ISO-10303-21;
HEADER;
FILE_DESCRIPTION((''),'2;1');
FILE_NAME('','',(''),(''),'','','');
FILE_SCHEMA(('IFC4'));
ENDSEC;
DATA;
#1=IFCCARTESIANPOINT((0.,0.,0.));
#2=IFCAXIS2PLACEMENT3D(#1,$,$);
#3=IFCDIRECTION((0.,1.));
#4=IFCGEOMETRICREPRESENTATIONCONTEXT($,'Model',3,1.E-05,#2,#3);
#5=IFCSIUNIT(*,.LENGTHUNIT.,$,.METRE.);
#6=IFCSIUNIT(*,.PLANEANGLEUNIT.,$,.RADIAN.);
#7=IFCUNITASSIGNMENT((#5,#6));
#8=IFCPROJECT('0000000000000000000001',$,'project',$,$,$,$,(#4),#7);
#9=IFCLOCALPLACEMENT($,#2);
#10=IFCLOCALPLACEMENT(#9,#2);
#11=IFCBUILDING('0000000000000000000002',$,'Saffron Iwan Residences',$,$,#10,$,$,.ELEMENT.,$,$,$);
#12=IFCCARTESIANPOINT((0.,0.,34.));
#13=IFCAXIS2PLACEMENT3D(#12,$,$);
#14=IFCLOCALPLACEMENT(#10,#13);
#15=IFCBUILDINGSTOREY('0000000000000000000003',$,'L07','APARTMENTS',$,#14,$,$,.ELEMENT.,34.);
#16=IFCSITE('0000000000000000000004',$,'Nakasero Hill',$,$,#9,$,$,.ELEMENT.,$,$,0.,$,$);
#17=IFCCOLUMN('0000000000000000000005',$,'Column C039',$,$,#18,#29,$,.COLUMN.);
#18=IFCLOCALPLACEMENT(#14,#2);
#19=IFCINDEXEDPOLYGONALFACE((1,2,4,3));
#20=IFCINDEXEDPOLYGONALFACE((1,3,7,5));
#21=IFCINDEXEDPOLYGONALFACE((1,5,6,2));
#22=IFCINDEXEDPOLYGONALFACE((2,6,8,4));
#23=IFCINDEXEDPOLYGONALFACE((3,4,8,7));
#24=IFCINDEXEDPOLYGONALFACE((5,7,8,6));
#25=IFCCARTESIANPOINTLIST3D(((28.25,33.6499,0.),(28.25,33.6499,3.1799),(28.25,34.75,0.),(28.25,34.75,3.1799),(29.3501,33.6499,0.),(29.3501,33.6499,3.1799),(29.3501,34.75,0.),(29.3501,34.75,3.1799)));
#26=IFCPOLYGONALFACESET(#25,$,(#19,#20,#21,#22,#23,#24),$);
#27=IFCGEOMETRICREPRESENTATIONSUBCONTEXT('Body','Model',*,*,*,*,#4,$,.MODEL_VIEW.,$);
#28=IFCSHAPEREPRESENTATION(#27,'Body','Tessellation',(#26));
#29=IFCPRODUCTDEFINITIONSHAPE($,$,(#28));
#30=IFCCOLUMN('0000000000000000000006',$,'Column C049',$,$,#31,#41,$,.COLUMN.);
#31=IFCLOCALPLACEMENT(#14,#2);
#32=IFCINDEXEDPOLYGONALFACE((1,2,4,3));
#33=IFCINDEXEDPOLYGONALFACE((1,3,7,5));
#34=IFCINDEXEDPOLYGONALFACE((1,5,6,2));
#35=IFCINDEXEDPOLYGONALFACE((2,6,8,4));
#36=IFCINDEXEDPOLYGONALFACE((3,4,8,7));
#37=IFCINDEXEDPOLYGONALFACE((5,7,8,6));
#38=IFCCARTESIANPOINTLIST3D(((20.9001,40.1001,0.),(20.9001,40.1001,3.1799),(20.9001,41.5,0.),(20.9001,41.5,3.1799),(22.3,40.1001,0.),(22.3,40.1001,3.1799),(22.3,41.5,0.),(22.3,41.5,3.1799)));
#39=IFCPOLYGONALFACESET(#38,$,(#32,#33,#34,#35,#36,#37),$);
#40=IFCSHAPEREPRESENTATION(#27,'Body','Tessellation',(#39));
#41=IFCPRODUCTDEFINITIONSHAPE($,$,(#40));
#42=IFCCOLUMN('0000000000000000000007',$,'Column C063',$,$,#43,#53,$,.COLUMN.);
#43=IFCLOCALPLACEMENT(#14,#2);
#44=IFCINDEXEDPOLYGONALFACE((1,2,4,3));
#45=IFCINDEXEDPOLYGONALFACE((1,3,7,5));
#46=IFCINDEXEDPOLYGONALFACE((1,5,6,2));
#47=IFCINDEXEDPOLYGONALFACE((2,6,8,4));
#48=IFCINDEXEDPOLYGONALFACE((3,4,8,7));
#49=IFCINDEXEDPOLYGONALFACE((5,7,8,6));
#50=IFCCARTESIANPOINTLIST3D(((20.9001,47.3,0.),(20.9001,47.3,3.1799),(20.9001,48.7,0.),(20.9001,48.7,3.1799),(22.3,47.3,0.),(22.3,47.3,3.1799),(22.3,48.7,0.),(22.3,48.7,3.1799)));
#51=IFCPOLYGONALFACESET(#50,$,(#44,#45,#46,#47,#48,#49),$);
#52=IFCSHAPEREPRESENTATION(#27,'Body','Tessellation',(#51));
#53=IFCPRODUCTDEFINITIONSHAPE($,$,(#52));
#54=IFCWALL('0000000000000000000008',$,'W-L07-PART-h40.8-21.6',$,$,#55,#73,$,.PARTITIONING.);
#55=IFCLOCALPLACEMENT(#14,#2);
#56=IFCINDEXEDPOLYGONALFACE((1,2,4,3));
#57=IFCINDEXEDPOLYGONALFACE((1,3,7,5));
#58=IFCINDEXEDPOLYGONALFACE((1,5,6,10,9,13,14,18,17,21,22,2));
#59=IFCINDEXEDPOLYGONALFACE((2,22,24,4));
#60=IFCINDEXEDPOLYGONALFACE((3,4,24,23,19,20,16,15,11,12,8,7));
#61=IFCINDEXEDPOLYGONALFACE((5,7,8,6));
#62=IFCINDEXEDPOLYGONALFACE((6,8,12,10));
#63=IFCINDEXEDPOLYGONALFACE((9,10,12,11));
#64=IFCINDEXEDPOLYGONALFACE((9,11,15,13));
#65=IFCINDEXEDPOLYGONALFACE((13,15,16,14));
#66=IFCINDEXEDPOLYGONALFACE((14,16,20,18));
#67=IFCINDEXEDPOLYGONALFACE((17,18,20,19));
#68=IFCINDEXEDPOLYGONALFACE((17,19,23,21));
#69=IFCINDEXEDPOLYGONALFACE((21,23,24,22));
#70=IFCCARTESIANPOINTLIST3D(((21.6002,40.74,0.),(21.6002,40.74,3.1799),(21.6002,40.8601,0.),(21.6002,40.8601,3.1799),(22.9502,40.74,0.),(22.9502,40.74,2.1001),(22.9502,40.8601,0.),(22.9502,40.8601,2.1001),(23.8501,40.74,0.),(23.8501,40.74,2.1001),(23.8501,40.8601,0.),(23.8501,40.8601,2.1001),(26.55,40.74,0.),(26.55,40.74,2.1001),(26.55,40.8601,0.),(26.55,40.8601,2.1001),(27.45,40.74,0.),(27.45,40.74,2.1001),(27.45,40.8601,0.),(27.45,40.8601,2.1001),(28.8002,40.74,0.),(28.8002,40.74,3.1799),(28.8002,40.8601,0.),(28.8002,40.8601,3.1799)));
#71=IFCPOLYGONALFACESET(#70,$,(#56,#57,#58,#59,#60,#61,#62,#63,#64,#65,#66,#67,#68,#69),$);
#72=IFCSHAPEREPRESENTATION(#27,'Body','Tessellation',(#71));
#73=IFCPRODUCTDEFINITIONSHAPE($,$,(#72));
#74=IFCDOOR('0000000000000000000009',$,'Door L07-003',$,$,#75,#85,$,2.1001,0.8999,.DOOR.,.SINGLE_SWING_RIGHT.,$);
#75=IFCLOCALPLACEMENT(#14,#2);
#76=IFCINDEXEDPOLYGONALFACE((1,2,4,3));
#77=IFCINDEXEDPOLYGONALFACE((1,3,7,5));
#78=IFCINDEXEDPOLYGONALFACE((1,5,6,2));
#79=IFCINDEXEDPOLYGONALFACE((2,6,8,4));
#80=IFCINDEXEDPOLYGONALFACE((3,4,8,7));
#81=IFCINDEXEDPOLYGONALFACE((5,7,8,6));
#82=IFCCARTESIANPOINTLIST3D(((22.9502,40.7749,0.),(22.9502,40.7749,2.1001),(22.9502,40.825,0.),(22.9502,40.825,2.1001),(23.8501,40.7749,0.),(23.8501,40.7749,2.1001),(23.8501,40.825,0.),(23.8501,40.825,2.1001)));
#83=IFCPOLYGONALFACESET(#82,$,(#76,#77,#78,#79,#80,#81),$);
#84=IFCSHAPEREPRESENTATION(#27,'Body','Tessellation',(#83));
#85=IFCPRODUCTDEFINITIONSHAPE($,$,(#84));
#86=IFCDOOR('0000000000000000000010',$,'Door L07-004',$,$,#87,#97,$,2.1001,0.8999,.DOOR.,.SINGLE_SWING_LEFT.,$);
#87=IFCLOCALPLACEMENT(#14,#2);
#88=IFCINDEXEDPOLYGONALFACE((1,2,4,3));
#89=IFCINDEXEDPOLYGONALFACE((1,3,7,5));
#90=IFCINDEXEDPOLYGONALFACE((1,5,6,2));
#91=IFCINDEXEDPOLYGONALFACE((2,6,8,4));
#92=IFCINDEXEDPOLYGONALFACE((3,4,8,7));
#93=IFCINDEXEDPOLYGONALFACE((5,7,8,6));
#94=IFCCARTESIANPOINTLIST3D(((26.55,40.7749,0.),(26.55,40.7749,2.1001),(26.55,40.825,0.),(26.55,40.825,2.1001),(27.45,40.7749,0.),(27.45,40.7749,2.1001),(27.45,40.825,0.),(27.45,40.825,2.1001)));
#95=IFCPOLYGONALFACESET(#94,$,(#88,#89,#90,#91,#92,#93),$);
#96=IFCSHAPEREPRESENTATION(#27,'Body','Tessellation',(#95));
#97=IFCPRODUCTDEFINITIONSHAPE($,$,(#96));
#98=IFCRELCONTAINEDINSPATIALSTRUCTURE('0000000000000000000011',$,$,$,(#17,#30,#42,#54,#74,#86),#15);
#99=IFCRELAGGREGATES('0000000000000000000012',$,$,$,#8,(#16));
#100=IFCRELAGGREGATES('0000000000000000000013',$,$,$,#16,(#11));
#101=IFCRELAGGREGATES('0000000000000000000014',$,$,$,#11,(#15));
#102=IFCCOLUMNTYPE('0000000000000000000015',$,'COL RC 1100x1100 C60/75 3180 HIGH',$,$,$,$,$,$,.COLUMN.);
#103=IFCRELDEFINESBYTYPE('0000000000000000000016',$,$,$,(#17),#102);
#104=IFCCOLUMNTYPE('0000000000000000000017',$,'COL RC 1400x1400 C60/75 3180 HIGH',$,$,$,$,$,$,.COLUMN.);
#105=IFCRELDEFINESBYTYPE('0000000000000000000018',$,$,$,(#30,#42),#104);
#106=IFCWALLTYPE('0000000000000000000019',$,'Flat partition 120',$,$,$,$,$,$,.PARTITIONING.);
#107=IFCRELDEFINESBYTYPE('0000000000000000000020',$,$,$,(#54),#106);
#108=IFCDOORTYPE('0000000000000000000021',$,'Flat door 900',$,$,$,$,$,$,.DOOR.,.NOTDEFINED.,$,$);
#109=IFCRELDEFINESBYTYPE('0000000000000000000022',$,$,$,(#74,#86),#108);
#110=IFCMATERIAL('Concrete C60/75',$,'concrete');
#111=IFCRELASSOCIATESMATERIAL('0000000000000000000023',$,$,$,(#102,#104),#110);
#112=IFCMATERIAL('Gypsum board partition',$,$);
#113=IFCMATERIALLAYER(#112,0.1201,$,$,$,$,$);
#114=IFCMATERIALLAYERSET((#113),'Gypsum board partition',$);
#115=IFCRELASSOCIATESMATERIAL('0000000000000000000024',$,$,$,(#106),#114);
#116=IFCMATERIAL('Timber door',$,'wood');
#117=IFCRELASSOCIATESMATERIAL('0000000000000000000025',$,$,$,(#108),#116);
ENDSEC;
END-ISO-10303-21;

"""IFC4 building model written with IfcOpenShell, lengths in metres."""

from ifc_helpers import new_model, si_unit, direction, frame, frame_2d, origin, origin_2d, place, context, subcontext, project, spatial, rectangle, extrude, source, transform, mapped, material, layer, layer_set, material_profile, profile_set, type_object, element, fill, save


model = new_model("IFC4")

# Units and contexts
model_context = context("Model", 3, precision=1e-05, world=origin(), true_north=direction((0.0, 1.0)))
body_context = subcontext(model_context, "Body", "Model", "MODEL_VIEW")
ifc_project = project(units=[si_unit("LENGTHUNIT", "METRE"), si_unit("PLANEANGLEUNIT", "RADIAN")], contexts=[model_context])

# Site, building, storey
site_placement = place(None, origin())
site = spatial("IfcSite", under=ifc_project, at=site_placement, Name="Nakasero Hill", CompositionType="ELEMENT", RefElevation=0.0)
building_placement = place(site_placement, origin())
building = spatial("IfcBuilding", under=site, at=building_placement, Name="Saffron Iwan Residences", CompositionType="ELEMENT")
storey_placement = place(building_placement, frame((0.0, 0.0, 34.0)))
storey = spatial("IfcBuildingStorey", under=building, at=storey_placement, Name="L07", Description="APARTMENTS", CompositionType="ELEMENT", Elevation=34.0)

# Columns
ifc_material_1 = material(Name="Concrete C60/75", Category="concrete")
ifc_material_profile_1 = material_profile(ifc_material_1, rectangle(XDim=1.1001, YDim=1.1001, at=origin_2d()), Name="RC 1100x1100")
ifc_profile_set_1 = profile_set([ifc_material_profile_1], Name="Concrete C60/75")
column_type_1 = type_object("IfcColumnType", Name="COL RC 1100x1100 C60/75 3180 HIGH", PredefinedType="COLUMN", material=ifc_profile_set_1)
shared_shape_1 = source(origin(), body_context, "Body", "SweptSolid", [
    extrude(rectangle(XDim=1.1001, YDim=1.1001, at=origin_2d()), origin(), (0.0, 0.0, 1.0), 3.1799),
])
column_placement = place(storey_placement, frame((28.8, 34.2, 0.0), z_axis=(0.0, 0.0, 1.0), x_axis=(1.0, 0.0, 0.0)))
element("IfcColumn", 1, at=column_placement, inside=storey, type_object=column_type_1, Name="Column C039", PredefinedType="COLUMN", context=body_context, shape_type="MappedRepresentation", body=[
    mapped(shared_shape_1, transform((0.0, 0.0, 0.0))),
])
ifc_material_profile_2 = material_profile(ifc_material_1, rectangle(XDim=1.3999, YDim=1.3999, at=origin_2d()), Name="RC 1400x1400")
ifc_profile_set_2 = profile_set([ifc_material_profile_2], Name="Concrete C60/75")
column_type_2 = type_object("IfcColumnType", Name="COL RC 1400x1400 C60/75 3180 HIGH", PredefinedType="COLUMN", material=ifc_profile_set_2)
shared_shape_2 = source(origin(), body_context, "Body", "SweptSolid", [
    extrude(rectangle(XDim=1.3999, YDim=1.3999, at=origin_2d()), origin(), (0.0, 0.0, 1.0), 3.1799),
])
for number, where, z_axis, x_axis, name in (
    (2, (21.6001, 40.8, 0.0), (0.0, 0.0, 1.0), (1.0, 0.0, 0.0), "Column C049"),
    (3, (21.6001, 48.0, 0.0), (0.0, 0.0, 1.0), (1.0, 0.0, 0.0), "Column C063"),
):
    element("IfcColumn", number, at=place(storey_placement, frame(where, z_axis=z_axis, x_axis=x_axis)), inside=storey, type_object=column_type_2, Name=name, PredefinedType="COLUMN", context=body_context, shape_type="MappedRepresentation", body=[
        mapped(shared_shape_2, transform((0.0, 0.0, 0.0))),
    ])

# Wall, openings, doors
ifc_material_2 = material(Name="Gypsum board partition")
ifc_layer = layer(ifc_material_2, 0.1201)
ifc_layer_set = layer_set([ifc_layer], Name="Gypsum board partition")
wall_type = type_object("IfcWallType", Name="Flat partition 120", PredefinedType="PARTITIONING", material=ifc_layer_set)
wall_1_placement = place(storey_placement, frame((21.6001, 40.8, 0.0), z_axis=(0.0, 0.0, 1.0), x_axis=(1.0, 0.0, 0.0)))
wall_1 = element("IfcWall", 4, at=wall_1_placement, inside=storey, type_object=wall_type, Name="W-L07-PART-h40.8-21.6", PredefinedType="PARTITIONING", context=body_context, shape_type="SweptSolid", body=[
    extrude(rectangle(XDim=7.2, YDim=0.1201, at=frame_2d((3.6001, 0.0))), origin(), (0.0, 0.0, 1.0), 3.1799),
])
opening_1_placement = place(wall_1_placement, frame((1.3501, 0.0, 0.0)))
opening_1 = element("IfcOpeningElement", 5, at=opening_1_placement, cuts=wall_1, PredefinedType="OPENING", context=body_context, shape_type="SweptSolid", body=[
    extrude(rectangle(XDim=0.8999, YDim=2.1001, at=frame_2d((0.45, 1.05))), frame((0.0, 0.0701, 0.0), z_axis=(0.0, -1.0, 0.0), x_axis=(1.0, 0.0, 0.0)), (0.0, 0.0, 1.0), 0.1401),
])
opening_2_placement = place(wall_1_placement, frame((4.95, 0.0, 0.0)))
opening_2 = element("IfcOpeningElement", 6, at=opening_2_placement, cuts=wall_1, PredefinedType="OPENING", context=body_context, shape_type="SweptSolid", body=[
    extrude(rectangle(XDim=0.8999, YDim=2.1001, at=frame_2d((0.45, 1.05))), frame((0.0, 0.0701, 0.0), z_axis=(0.0, -1.0, 0.0), x_axis=(1.0, 0.0, 0.0)), (0.0, 0.0, 1.0), 0.1401),
])
ifc_material_3 = material(Name="Timber door", Category="wood")
door_type_1 = type_object("IfcDoorType", Name="Flat door 900", OperationType="NOTDEFINED", PredefinedType="DOOR", material=ifc_material_3)
door_1_placement = place(opening_1_placement, origin())
door_1 = element("IfcDoor", 7, at=door_1_placement, inside=storey, type_object=door_type_1, Name="Door L07-003", OperationType="SINGLE_SWING_RIGHT", OverallHeight=2.1001, OverallWidth=0.8999, PredefinedType="DOOR", context=body_context, shape_type="SweptSolid", body=[
    extrude(rectangle(XDim=0.8999, YDim=2.1001, at=frame_2d((0.45, 1.05))), frame((0.0, 0.0249, 0.0), z_axis=(0.0, -1.0, 0.0), x_axis=(1.0, 0.0, 0.0)), (0.0, 0.0, 1.0), 0.05),
])
fill(opening_1, door_1)
door_2_placement = place(opening_2_placement, origin())
door_2 = element("IfcDoor", 8, at=door_2_placement, inside=storey, type_object=door_type_1, Name="Door L07-004", OperationType="SINGLE_SWING_LEFT", OverallHeight=2.1001, OverallWidth=0.8999, PredefinedType="DOOR", context=body_context, shape_type="SweptSolid", body=[
    extrude(rectangle(XDim=0.8999, YDim=2.1001, at=frame_2d((0.45, 1.05))), frame((0.0, 0.0249, 0.0), z_axis=(0.0, -1.0, 0.0), x_axis=(1.0, 0.0, 0.0)), (0.0, 0.0, 1.0), 0.05),
])
fill(opening_2, door_2)

save(model, "model.ifc")
